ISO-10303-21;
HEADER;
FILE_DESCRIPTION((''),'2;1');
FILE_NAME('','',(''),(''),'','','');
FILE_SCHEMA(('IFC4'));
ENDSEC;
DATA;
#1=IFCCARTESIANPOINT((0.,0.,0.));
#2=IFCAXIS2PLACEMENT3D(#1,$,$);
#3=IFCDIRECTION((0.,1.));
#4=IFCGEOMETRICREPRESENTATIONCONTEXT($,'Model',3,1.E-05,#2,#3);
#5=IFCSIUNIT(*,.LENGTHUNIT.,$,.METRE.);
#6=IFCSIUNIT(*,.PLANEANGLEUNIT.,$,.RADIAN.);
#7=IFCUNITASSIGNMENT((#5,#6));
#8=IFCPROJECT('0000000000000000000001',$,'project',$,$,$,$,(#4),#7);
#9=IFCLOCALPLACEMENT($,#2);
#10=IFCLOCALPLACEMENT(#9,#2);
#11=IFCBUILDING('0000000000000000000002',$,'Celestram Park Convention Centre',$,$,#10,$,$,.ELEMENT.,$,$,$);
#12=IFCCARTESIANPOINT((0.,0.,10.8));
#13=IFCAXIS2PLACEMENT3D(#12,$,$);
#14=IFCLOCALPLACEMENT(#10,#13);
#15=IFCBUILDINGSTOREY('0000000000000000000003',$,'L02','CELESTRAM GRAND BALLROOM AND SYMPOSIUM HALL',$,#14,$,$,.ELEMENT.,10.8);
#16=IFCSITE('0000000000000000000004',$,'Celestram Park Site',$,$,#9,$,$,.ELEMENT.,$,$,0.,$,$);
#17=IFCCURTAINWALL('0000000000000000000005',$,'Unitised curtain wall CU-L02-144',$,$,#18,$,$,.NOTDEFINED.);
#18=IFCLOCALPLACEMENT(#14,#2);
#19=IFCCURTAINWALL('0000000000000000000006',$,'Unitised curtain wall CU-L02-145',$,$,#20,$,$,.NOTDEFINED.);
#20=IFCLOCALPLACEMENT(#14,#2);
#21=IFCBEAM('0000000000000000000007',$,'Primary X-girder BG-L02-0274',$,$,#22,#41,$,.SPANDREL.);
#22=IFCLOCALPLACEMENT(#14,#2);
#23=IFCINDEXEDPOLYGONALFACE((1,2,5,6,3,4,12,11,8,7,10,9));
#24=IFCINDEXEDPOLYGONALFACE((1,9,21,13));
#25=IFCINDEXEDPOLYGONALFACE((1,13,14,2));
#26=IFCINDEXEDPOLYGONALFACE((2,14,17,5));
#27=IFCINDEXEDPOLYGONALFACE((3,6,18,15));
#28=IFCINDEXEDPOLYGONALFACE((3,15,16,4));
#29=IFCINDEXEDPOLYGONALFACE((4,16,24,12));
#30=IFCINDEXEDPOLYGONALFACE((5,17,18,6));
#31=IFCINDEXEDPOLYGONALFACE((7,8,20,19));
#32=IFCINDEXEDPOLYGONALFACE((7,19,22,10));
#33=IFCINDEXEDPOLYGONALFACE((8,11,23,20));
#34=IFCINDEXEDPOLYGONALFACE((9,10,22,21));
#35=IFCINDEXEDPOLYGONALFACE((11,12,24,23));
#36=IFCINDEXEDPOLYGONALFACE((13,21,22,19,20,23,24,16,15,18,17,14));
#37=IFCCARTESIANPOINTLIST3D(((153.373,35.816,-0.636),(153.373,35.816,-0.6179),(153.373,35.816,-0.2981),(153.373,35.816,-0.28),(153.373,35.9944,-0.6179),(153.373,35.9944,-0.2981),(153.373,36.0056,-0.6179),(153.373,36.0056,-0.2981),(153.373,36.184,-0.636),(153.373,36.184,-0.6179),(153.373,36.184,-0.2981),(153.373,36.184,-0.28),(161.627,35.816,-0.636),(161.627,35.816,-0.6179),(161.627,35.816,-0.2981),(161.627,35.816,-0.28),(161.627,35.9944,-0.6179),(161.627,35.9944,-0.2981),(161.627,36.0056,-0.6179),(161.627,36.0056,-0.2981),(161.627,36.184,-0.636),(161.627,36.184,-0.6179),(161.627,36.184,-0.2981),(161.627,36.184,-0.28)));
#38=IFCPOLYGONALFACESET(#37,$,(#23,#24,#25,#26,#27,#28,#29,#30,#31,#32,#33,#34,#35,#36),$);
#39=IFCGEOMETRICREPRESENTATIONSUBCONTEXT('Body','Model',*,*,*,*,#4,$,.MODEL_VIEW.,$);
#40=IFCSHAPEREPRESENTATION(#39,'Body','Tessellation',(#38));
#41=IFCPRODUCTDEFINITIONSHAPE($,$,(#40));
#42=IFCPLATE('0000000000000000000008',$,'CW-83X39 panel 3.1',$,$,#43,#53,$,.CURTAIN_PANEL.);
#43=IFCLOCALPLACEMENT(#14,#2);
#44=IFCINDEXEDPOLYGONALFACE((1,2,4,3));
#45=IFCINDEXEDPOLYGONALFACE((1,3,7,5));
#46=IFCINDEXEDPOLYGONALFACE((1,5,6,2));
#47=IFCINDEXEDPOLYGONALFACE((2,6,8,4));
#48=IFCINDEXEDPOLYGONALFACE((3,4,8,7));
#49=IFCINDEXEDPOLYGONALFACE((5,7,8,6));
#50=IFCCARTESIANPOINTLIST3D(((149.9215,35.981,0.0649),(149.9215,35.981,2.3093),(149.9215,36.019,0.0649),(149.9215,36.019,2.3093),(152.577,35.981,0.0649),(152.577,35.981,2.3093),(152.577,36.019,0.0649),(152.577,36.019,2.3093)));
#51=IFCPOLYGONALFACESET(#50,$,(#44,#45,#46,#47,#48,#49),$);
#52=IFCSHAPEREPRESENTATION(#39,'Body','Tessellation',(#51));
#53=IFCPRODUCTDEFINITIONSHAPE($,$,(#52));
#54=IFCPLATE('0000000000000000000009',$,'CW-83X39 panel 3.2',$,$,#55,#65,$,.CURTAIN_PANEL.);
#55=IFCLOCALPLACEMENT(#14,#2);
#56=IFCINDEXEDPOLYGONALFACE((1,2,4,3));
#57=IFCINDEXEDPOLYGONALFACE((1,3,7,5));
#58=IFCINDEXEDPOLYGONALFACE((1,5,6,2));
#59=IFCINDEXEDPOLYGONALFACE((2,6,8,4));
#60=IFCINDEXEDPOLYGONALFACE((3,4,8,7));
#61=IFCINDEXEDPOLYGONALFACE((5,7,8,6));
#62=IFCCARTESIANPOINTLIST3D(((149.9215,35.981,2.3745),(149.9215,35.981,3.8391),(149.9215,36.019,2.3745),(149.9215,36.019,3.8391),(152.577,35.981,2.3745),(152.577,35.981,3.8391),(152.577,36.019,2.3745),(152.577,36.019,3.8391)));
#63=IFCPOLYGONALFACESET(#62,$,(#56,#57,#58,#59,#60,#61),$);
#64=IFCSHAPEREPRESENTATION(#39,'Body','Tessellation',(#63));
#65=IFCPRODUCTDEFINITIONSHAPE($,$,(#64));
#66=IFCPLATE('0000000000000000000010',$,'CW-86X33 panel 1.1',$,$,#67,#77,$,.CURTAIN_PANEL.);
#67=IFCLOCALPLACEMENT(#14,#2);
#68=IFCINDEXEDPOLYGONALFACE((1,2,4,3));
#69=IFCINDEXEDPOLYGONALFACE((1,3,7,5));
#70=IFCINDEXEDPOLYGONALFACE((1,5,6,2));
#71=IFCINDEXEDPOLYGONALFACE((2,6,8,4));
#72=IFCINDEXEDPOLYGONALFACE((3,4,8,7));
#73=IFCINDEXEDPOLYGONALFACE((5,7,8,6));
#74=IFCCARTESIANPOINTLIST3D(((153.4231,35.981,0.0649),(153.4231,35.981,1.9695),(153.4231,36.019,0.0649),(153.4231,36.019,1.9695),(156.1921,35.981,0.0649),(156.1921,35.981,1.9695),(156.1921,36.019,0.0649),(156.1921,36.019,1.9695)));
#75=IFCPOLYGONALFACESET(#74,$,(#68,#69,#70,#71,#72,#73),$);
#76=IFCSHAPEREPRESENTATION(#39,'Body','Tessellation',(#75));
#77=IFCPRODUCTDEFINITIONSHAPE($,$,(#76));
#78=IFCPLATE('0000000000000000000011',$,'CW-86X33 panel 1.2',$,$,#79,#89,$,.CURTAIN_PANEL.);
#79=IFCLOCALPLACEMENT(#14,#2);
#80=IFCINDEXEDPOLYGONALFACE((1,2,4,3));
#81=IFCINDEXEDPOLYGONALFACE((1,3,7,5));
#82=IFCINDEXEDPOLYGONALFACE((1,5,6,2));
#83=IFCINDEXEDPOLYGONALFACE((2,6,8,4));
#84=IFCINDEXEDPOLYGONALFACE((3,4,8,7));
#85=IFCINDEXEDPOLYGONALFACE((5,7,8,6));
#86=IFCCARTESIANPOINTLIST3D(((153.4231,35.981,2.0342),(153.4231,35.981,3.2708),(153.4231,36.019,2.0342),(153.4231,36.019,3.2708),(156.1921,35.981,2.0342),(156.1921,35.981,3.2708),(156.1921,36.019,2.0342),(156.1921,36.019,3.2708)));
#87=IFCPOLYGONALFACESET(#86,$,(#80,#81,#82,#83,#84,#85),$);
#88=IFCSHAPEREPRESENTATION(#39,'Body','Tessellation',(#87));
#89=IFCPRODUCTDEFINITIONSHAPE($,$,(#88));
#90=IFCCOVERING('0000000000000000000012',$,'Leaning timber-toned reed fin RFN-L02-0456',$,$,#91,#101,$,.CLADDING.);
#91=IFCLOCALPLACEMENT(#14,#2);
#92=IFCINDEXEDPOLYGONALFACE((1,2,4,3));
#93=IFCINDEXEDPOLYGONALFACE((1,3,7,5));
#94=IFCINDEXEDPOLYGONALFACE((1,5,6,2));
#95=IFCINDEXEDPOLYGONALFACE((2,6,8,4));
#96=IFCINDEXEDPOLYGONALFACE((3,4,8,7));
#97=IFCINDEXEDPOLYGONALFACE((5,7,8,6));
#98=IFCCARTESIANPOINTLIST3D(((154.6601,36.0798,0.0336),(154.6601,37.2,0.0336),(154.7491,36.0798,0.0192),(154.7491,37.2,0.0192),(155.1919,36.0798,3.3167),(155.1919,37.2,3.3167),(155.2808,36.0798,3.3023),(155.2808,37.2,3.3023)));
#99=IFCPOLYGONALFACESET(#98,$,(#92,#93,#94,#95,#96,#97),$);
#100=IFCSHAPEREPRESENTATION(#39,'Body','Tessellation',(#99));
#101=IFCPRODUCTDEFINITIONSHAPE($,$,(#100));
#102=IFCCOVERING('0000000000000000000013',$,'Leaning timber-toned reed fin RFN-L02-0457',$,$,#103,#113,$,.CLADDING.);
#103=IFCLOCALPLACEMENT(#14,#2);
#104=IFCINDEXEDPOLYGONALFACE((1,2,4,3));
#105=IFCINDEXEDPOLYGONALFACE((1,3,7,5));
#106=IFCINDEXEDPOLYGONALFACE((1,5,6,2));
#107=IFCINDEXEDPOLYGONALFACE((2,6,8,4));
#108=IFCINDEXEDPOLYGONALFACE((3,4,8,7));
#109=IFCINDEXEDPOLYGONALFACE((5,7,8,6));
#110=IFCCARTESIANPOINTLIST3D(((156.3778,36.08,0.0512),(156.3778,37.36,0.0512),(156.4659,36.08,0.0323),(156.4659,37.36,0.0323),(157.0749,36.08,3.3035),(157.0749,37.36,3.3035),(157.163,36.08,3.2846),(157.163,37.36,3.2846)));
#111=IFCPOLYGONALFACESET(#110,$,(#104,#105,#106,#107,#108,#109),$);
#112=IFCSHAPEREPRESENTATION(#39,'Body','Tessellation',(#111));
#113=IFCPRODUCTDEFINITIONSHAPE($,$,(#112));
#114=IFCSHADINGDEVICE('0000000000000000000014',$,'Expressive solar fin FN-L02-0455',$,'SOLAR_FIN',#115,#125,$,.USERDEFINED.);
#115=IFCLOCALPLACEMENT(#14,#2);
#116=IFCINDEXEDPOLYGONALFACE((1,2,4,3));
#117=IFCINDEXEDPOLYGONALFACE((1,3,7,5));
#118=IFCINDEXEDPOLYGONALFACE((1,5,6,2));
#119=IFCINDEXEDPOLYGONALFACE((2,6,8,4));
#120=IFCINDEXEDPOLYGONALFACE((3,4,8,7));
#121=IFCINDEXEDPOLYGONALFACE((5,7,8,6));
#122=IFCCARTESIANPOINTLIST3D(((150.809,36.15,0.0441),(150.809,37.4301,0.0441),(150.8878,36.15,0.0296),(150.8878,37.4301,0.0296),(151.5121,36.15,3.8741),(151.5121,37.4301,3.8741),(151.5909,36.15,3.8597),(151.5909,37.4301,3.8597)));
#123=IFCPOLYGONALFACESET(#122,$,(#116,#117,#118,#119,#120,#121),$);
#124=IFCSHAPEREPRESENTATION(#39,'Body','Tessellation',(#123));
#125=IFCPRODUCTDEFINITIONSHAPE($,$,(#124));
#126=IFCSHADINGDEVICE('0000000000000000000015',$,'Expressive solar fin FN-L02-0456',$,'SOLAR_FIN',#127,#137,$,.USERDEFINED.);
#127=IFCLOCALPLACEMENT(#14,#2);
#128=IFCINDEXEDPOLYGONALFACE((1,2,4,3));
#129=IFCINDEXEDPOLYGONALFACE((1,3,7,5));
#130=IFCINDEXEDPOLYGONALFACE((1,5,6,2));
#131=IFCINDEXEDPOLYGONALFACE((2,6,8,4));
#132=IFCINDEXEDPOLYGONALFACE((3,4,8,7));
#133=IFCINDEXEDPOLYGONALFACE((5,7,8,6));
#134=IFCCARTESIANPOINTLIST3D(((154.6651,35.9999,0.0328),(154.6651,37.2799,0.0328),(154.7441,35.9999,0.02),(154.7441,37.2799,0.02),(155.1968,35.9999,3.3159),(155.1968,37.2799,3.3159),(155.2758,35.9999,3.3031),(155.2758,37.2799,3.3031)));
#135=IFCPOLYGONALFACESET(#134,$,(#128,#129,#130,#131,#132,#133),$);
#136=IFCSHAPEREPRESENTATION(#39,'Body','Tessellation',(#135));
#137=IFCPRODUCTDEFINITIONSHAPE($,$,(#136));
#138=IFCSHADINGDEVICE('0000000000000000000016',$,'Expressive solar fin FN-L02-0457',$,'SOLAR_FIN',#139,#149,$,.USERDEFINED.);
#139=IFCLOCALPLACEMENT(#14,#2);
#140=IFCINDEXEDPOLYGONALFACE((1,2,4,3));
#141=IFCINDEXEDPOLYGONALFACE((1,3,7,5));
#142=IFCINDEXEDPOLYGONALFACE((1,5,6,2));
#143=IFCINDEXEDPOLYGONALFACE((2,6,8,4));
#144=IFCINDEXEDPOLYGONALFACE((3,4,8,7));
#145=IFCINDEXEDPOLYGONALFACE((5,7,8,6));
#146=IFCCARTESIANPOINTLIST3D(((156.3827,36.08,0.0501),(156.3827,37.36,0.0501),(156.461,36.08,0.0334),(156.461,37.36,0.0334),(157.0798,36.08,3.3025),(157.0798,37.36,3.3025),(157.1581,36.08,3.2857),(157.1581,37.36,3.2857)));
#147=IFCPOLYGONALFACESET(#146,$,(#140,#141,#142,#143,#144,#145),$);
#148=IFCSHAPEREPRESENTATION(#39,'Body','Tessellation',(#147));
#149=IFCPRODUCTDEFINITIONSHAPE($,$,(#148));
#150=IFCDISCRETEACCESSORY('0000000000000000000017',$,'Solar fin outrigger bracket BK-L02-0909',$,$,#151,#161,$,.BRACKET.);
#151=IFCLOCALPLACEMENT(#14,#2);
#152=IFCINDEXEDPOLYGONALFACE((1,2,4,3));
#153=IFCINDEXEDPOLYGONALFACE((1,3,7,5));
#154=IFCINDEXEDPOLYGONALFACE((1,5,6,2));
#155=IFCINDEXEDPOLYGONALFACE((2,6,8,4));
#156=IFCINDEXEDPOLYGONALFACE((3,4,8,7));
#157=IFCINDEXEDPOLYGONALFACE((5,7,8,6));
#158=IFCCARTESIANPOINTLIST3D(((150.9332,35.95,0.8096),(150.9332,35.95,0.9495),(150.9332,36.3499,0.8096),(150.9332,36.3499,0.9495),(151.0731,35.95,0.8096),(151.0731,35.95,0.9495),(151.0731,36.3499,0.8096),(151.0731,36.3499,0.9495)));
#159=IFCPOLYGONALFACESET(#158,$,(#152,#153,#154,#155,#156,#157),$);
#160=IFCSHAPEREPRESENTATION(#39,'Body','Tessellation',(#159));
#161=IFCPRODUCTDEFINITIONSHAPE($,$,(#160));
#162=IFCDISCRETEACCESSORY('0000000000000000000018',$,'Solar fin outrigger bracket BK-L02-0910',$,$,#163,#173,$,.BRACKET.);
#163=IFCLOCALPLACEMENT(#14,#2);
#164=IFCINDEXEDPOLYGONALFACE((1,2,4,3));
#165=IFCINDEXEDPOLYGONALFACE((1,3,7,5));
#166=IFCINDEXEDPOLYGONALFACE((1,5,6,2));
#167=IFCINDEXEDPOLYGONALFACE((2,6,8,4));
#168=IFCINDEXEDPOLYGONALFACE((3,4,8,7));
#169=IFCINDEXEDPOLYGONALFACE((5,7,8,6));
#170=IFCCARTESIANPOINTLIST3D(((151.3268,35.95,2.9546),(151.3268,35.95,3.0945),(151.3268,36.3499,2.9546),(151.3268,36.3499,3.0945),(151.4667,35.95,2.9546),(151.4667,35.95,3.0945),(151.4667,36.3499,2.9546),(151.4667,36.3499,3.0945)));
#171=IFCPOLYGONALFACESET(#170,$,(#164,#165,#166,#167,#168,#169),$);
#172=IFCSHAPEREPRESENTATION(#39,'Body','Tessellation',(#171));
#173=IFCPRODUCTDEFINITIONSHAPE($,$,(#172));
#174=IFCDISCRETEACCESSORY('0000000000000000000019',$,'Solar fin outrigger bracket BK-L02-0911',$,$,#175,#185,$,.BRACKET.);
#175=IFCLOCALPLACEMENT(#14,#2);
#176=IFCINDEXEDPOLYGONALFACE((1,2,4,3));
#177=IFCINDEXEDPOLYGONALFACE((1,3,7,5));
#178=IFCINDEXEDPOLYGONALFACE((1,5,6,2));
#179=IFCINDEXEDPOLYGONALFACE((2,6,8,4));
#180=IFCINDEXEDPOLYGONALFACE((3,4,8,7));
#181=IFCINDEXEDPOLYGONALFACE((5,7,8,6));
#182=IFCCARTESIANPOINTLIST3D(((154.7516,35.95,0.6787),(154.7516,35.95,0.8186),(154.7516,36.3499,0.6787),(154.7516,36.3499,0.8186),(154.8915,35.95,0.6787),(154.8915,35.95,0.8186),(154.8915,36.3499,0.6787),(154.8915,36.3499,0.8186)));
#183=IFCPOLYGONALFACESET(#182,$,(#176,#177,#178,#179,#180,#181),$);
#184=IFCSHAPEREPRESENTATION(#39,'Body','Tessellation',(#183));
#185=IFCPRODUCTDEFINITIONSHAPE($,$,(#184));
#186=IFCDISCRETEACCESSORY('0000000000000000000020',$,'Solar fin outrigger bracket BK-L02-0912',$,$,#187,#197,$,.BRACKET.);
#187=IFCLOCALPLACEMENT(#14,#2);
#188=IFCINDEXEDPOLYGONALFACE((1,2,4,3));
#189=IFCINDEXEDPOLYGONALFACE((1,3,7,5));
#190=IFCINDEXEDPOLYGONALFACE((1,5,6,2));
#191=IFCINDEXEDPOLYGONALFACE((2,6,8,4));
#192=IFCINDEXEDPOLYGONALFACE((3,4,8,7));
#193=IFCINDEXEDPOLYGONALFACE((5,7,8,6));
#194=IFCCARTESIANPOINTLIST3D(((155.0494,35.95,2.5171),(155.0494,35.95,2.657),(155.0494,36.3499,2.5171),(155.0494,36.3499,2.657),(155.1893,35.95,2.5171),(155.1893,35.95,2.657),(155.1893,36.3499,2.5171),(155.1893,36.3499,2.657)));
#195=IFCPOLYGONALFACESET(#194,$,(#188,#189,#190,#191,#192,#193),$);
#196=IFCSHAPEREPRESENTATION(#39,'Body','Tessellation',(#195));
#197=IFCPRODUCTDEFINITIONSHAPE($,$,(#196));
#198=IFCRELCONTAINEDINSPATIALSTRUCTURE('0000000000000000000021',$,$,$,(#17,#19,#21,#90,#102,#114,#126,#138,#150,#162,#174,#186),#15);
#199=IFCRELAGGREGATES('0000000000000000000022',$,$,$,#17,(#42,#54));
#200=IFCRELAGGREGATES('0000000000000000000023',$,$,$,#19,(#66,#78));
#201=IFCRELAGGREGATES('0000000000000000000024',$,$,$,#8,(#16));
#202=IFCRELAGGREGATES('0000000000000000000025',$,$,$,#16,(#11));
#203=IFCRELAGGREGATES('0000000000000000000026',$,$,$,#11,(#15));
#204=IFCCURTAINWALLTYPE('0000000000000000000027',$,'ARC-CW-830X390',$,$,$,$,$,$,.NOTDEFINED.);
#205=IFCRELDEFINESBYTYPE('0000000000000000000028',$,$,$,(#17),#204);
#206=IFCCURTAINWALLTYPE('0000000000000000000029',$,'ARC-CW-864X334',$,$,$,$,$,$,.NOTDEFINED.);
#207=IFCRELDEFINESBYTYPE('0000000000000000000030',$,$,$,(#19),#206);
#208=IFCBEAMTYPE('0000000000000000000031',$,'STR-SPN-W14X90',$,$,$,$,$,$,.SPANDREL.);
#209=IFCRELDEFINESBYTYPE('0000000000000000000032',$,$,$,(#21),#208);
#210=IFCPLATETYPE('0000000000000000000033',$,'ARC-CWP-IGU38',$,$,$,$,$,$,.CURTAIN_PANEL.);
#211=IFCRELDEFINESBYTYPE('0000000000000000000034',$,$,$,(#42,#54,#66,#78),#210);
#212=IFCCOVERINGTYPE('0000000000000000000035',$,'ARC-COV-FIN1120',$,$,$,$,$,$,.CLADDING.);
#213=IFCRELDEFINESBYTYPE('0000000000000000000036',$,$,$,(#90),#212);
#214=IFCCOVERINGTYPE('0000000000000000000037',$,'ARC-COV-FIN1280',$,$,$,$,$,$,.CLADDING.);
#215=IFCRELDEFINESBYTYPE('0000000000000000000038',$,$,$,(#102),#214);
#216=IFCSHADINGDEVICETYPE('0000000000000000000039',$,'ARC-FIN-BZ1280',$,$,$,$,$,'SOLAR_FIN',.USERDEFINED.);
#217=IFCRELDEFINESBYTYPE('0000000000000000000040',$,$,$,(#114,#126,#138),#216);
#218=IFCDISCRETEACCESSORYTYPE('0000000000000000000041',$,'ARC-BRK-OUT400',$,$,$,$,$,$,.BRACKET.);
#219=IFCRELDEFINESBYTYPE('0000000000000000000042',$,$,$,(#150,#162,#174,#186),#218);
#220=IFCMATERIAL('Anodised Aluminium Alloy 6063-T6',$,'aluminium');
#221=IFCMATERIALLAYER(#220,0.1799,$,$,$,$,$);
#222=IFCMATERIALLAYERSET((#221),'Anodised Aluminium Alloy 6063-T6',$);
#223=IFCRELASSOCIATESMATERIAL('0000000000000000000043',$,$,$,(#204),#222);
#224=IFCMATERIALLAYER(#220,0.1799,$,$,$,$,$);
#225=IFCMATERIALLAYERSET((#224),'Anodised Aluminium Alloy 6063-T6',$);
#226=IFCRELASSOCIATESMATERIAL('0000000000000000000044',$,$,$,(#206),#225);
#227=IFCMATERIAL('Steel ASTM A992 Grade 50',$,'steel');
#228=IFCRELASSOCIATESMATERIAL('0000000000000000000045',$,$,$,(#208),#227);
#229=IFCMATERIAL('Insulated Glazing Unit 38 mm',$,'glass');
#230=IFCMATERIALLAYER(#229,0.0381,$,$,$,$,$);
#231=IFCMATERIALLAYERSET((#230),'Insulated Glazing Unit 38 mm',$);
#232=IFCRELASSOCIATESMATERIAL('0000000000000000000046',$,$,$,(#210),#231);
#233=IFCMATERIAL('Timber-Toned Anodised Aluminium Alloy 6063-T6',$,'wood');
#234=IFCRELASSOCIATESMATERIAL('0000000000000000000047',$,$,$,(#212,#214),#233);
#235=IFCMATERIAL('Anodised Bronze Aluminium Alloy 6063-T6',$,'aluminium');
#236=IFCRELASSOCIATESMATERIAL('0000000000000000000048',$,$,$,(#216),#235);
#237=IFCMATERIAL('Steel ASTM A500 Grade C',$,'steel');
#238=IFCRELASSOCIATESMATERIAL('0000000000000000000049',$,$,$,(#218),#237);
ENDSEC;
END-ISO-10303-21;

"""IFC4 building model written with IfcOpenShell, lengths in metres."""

from ifc_helpers import new_model, si_unit, direction, frame, origin, origin_2d, place, context, subcontext, project, spatial, rectangle, i_section, extrude, material, layer, layer_set, material_profile, profile_set, type_object, element, aggregate, save


model = new_model("IFC4")

# Units and contexts
model_context = context("Model", 3, precision=1e-05, world=origin(), true_north=direction((0.0, 1.0)))
body_context = subcontext(model_context, "Body", "Model", "MODEL_VIEW")
ifc_project = project(units=[si_unit("LENGTHUNIT", "METRE"), si_unit("PLANEANGLEUNIT", "RADIAN")], contexts=[model_context])

# Site, building, storey
site_placement = place(None, origin())
site = spatial("IfcSite", under=ifc_project, at=site_placement, Name="Celestram Park Site", CompositionType="ELEMENT", RefElevation=0.0)
building_placement = place(site_placement, origin())
building = spatial("IfcBuilding", under=site, at=building_placement, Name="Celestram Park Convention Centre", CompositionType="ELEMENT")
storey_placement = place(building_placement, frame((0.0, 0.0, 10.8)))
storey = spatial("IfcBuildingStorey", under=building, at=storey_placement, Name="L02", Description="CELESTRAM GRAND BALLROOM AND SYMPOSIUM HALL", CompositionType="ELEMENT", Elevation=10.8)

# Curtain wall
ifc_material_1 = material(Name="Anodised Aluminium Alloy 6063-T6", Category="aluminium")
ifc_layer_1 = layer(ifc_material_1, 0.1799)
ifc_layer_set_1 = layer_set([ifc_layer_1], Name="Anodised Aluminium Alloy 6063-T6")
curtain_wall_type_1 = type_object("IfcCurtainWallType", Name="ARC-CW-830X390", PredefinedType="NOTDEFINED", material=ifc_layer_set_1)
curtain_wall_1_placement = place(storey_placement, origin())
curtain_wall_1 = element("IfcCurtainWall", 1, at=curtain_wall_1_placement, inside=storey, type_object=curtain_wall_type_1, Name="Unitised curtain wall CU-L02-144", PredefinedType="NOTDEFINED")

# Curtain wall
ifc_layer_2 = layer(ifc_material_1, 0.1799)
ifc_layer_set_2 = layer_set([ifc_layer_2], Name="Anodised Aluminium Alloy 6063-T6")
curtain_wall_type_2 = type_object("IfcCurtainWallType", Name="ARC-CW-864X334", PredefinedType="NOTDEFINED", material=ifc_layer_set_2)
curtain_wall_2_placement = place(storey_placement, origin())
curtain_wall_2 = element("IfcCurtainWall", 2, at=curtain_wall_2_placement, inside=storey, type_object=curtain_wall_type_2, Name="Unitised curtain wall CU-L02-145", PredefinedType="NOTDEFINED")

# Beam
ifc_material_2 = material(Name="Steel ASTM A992 Grade 50", Category="steel")
ifc_material_profile_1 = material_profile(ifc_material_2, i_section(OverallWidth=0.3679, OverallDepth=0.356, WebThickness=0.0112, FlangeThickness=0.0181, at=origin_2d()), Name="W14X90")
ifc_profile_set_1 = profile_set([ifc_material_profile_1], Name="Steel ASTM A992 Grade 50")
beam_type = type_object("IfcBeamType", Name="STR-SPN-W14X90", PredefinedType="SPANDREL", material=ifc_profile_set_1)
beam_placement = place(storey_placement, frame((153.373, 36.0, -0.458), z_axis=(1.0, 0.0, 0.0), x_axis=(0.0, 1.0, 0.0)))
element("IfcBeam", 3, at=beam_placement, inside=storey, type_object=beam_type, Name="Primary X-girder BG-L02-0274", PredefinedType="SPANDREL", context=body_context, shape_type="SweptSolid", body=[
    extrude(i_section(OverallWidth=0.3679, OverallDepth=0.356, WebThickness=0.0112, FlangeThickness=0.0181, at=origin_2d()), origin(), (0.0, 0.0, 1.0), 8.2539),
])

# Plates
ifc_material_3 = material(Name="Insulated Glazing Unit 38 mm", Category="glass")
ifc_layer_3 = layer(ifc_material_3, 0.0381)
ifc_layer_set_3 = layer_set([ifc_layer_3], Name="Insulated Glazing Unit 38 mm")
plate_type = type_object("IfcPlateType", Name="ARC-CWP-IGU38", PredefinedType="CURTAIN_PANEL", material=ifc_layer_set_3)
plate_1_placement = place(storey_placement, frame((151.2493, 36.0, 0.0649), z_axis=(0.0, 0.0, 1.0), x_axis=(1.0, 0.0, 0.0)))
plate_1 = element("IfcPlate", 4, at=plate_1_placement, type_object=plate_type, Name="CW-83X39 panel 3.1", PredefinedType="CURTAIN_PANEL", context=body_context, shape_type="SweptSolid", body=[
    extrude(rectangle(XDim=2.6555, YDim=0.0381, at=origin_2d()), origin(), (0.0, 0.0, 1.0), 2.2444),
])
plate_2_placement = place(storey_placement, frame((151.2493, 36.0, 2.3745), z_axis=(0.0, 0.0, 1.0), x_axis=(1.0, 0.0, 0.0)))
plate_2 = element("IfcPlate", 5, at=plate_2_placement, type_object=plate_type, Name="CW-83X39 panel 3.2", PredefinedType="CURTAIN_PANEL", context=body_context, shape_type="SweptSolid", body=[
    extrude(rectangle(XDim=2.6555, YDim=0.0381, at=origin_2d()), origin(), (0.0, 0.0, 1.0), 1.4646),
])
aggregate(curtain_wall_1, [plate_1, plate_2])
plate_3_placement = place(storey_placement, frame((154.8076, 36.0, 0.0649), z_axis=(0.0, 0.0, 1.0), x_axis=(1.0, 0.0, 0.0)))
plate_3 = element("IfcPlate", 6, at=plate_3_placement, type_object=plate_type, Name="CW-86X33 panel 1.1", PredefinedType="CURTAIN_PANEL", context=body_context, shape_type="SweptSolid", body=[
    extrude(rectangle(XDim=2.769, YDim=0.0381, at=origin_2d()), origin(), (0.0, 0.0, 1.0), 1.9045),
])
plate_4_placement = place(storey_placement, frame((154.8076, 36.0, 2.0342), z_axis=(0.0, 0.0, 1.0), x_axis=(1.0, 0.0, 0.0)))
plate_4 = element("IfcPlate", 7, at=plate_4_placement, type_object=plate_type, Name="CW-86X33 panel 1.2", PredefinedType="CURTAIN_PANEL", context=body_context, shape_type="SweptSolid", body=[
    extrude(rectangle(XDim=2.769, YDim=0.0381, at=origin_2d()), origin(), (0.0, 0.0, 1.0), 1.2366),
])
aggregate(curtain_wall_2, [plate_3, plate_4])

# Coverings
ifc_material_4 = material(Name="Timber-Toned Anodised Aluminium Alloy 6063-T6", Category="wood")
ifc_material_profile_2 = material_profile(ifc_material_4, rectangle(XDim=1.1201, YDim=0.0901, at=origin_2d()), Name="REED1120X90")
ifc_profile_set_2 = profile_set([ifc_material_profile_2], Name="Timber-Toned Anodised Aluminium Alloy 6063-T6")
covering_type_1 = type_object("IfcCoveringType", Name="ARC-COV-FIN1120", PredefinedType="CLADDING", material=ifc_profile_set_2)
covering_1_placement = place(storey_placement, frame((154.7046, 36.6399, 0.0264), z_axis=(0.159874, 0.0, 0.987137), x_axis=(0.0, 1.0, 0.0)))
element("IfcCovering", 8, at=covering_1_placement, inside=storey, type_object=covering_type_1, Name="Leaning timber-toned reed fin RFN-L02-0456", PredefinedType="CLADDING", context=body_context, shape_type="SweptSolid", body=[
    extrude(rectangle(XDim=1.1201, YDim=0.0901, at=origin_2d()), origin(), (0.0, 0.0, 1.0), 3.3259),
])
ifc_material_profile_3 = material_profile(ifc_material_4, rectangle(XDim=1.28, YDim=0.0901, at=origin_2d()), Name="REED1280X90")
ifc_profile_set_3 = profile_set([ifc_material_profile_3], Name="Timber-Toned Anodised Aluminium Alloy 6063-T6")
covering_type_2 = type_object("IfcCoveringType", Name="ARC-COV-FIN1280", PredefinedType="CLADDING", material=ifc_profile_set_3)
covering_2_placement = place(storey_placement, frame((156.4219, 36.72, 0.0417), z_axis=(0.209564, 0.0, 0.977795), x_axis=(0.0, 1.0, 0.0)))
element("IfcCovering", 9, at=covering_2_placement, inside=storey, type_object=covering_type_2, Name="Leaning timber-toned reed fin RFN-L02-0457", PredefinedType="CLADDING", context=body_context, shape_type="SweptSolid", body=[
    extrude(rectangle(XDim=1.28, YDim=0.0901, at=origin_2d()), origin(), (0.0, 0.0, 1.0), 3.3262),
])

# Shading devices
ifc_material_5 = material(Name="Anodised Bronze Aluminium Alloy 6063-T6", Category="aluminium")
ifc_material_profile_4 = material_profile(ifc_material_5, rectangle(XDim=1.28, YDim=0.0801, at=origin_2d()), Name="FIN1280X80")
ifc_profile_set_4 = profile_set([ifc_material_profile_4], Name="Anodised Bronze Aluminium Alloy 6063-T6")
shading_device_type = type_object("IfcShadingDeviceType", Name="ARC-FIN-BZ1280", ElementType="SOLAR_FIN", PredefinedType="USERDEFINED", material=ifc_profile_set_4)
shading_device_1_placement = place(storey_placement, frame((150.8484, 36.79, 0.0369), z_axis=(0.180562, 0.0, 0.983564), x_axis=(0.0, 1.0, 0.0)))
element("IfcShadingDevice", 10, at=shading_device_1_placement, inside=storey, type_object=shading_device_type, Name="Expressive solar fin FN-L02-0455", ObjectType="SOLAR_FIN", PredefinedType="USERDEFINED", context=body_context, shape_type="SweptSolid", body=[
    extrude(rectangle(XDim=1.28, YDim=0.0801, at=origin_2d()), origin(), (0.0, 0.0, 1.0), 3.894),
])
shading_device_2_placement = place(storey_placement, frame((154.7046, 36.6399, 0.0264), z_axis=(0.159874, 0.0, 0.987137), x_axis=(0.0, 1.0, 0.0)))
element("IfcShadingDevice", 11, at=shading_device_2_placement, inside=storey, type_object=shading_device_type, Name="Expressive solar fin FN-L02-0456", ObjectType="SOLAR_FIN", PredefinedType="USERDEFINED", context=body_context, shape_type="SweptSolid", body=[
    extrude(rectangle(XDim=1.28, YDim=0.0801, at=origin_2d()), origin(), (0.0, 0.0, 1.0), 3.3259),
])
shading_device_3_placement = place(storey_placement, frame((156.4219, 36.72, 0.0417), z_axis=(0.209564, 0.0, 0.977795), x_axis=(0.0, 1.0, 0.0)))
element("IfcShadingDevice", 12, at=shading_device_3_placement, inside=storey, type_object=shading_device_type, Name="Expressive solar fin FN-L02-0457", ObjectType="SOLAR_FIN", PredefinedType="USERDEFINED", context=body_context, shape_type="SweptSolid", body=[
    extrude(rectangle(XDim=1.28, YDim=0.0801, at=origin_2d()), origin(), (0.0, 0.0, 1.0), 3.3262),
])

# Discrete accessories
ifc_material_6 = material(Name="Steel ASTM A500 Grade C", Category="steel")
discrete_accessory_type = type_object("IfcDiscreteAccessoryType", Name="ARC-BRK-OUT400", PredefinedType="BRACKET", material=ifc_material_6)
for number, where, z_axis, x_axis, name in (
    (13, (151.0032, 36.1499, 0.8096), (0.0, 0.0, 1.0), (0.0, 1.0, 0.0), "Solar fin outrigger bracket BK-L02-0909"),
    (14, (151.3967, 36.1499, 2.9546), (0.0, 0.0, 1.0), (0.0, 1.0, 0.0), "Solar fin outrigger bracket BK-L02-0910"),
    (15, (154.8215, 36.1499, 0.6787), (0.0, 0.0, 1.0), (0.0, 1.0, 0.0), "Solar fin outrigger bracket BK-L02-0911"),
    (16, (155.1194, 36.1499, 2.5171), (0.0, 0.0, 1.0), (0.0, 1.0, 0.0), "Solar fin outrigger bracket BK-L02-0912"),
):
    element("IfcDiscreteAccessory", number, at=place(storey_placement, frame(where, z_axis=z_axis, x_axis=x_axis)), inside=storey, type_object=discrete_accessory_type, Name=name, PredefinedType="BRACKET", context=body_context, shape_type="SweptSolid", body=[
        extrude(rectangle(XDim=0.3999, YDim=0.1399, at=origin_2d()), origin(), (0.0, 0.0, 1.0), 0.1399),
    ])

save(model, "model.ifc")
